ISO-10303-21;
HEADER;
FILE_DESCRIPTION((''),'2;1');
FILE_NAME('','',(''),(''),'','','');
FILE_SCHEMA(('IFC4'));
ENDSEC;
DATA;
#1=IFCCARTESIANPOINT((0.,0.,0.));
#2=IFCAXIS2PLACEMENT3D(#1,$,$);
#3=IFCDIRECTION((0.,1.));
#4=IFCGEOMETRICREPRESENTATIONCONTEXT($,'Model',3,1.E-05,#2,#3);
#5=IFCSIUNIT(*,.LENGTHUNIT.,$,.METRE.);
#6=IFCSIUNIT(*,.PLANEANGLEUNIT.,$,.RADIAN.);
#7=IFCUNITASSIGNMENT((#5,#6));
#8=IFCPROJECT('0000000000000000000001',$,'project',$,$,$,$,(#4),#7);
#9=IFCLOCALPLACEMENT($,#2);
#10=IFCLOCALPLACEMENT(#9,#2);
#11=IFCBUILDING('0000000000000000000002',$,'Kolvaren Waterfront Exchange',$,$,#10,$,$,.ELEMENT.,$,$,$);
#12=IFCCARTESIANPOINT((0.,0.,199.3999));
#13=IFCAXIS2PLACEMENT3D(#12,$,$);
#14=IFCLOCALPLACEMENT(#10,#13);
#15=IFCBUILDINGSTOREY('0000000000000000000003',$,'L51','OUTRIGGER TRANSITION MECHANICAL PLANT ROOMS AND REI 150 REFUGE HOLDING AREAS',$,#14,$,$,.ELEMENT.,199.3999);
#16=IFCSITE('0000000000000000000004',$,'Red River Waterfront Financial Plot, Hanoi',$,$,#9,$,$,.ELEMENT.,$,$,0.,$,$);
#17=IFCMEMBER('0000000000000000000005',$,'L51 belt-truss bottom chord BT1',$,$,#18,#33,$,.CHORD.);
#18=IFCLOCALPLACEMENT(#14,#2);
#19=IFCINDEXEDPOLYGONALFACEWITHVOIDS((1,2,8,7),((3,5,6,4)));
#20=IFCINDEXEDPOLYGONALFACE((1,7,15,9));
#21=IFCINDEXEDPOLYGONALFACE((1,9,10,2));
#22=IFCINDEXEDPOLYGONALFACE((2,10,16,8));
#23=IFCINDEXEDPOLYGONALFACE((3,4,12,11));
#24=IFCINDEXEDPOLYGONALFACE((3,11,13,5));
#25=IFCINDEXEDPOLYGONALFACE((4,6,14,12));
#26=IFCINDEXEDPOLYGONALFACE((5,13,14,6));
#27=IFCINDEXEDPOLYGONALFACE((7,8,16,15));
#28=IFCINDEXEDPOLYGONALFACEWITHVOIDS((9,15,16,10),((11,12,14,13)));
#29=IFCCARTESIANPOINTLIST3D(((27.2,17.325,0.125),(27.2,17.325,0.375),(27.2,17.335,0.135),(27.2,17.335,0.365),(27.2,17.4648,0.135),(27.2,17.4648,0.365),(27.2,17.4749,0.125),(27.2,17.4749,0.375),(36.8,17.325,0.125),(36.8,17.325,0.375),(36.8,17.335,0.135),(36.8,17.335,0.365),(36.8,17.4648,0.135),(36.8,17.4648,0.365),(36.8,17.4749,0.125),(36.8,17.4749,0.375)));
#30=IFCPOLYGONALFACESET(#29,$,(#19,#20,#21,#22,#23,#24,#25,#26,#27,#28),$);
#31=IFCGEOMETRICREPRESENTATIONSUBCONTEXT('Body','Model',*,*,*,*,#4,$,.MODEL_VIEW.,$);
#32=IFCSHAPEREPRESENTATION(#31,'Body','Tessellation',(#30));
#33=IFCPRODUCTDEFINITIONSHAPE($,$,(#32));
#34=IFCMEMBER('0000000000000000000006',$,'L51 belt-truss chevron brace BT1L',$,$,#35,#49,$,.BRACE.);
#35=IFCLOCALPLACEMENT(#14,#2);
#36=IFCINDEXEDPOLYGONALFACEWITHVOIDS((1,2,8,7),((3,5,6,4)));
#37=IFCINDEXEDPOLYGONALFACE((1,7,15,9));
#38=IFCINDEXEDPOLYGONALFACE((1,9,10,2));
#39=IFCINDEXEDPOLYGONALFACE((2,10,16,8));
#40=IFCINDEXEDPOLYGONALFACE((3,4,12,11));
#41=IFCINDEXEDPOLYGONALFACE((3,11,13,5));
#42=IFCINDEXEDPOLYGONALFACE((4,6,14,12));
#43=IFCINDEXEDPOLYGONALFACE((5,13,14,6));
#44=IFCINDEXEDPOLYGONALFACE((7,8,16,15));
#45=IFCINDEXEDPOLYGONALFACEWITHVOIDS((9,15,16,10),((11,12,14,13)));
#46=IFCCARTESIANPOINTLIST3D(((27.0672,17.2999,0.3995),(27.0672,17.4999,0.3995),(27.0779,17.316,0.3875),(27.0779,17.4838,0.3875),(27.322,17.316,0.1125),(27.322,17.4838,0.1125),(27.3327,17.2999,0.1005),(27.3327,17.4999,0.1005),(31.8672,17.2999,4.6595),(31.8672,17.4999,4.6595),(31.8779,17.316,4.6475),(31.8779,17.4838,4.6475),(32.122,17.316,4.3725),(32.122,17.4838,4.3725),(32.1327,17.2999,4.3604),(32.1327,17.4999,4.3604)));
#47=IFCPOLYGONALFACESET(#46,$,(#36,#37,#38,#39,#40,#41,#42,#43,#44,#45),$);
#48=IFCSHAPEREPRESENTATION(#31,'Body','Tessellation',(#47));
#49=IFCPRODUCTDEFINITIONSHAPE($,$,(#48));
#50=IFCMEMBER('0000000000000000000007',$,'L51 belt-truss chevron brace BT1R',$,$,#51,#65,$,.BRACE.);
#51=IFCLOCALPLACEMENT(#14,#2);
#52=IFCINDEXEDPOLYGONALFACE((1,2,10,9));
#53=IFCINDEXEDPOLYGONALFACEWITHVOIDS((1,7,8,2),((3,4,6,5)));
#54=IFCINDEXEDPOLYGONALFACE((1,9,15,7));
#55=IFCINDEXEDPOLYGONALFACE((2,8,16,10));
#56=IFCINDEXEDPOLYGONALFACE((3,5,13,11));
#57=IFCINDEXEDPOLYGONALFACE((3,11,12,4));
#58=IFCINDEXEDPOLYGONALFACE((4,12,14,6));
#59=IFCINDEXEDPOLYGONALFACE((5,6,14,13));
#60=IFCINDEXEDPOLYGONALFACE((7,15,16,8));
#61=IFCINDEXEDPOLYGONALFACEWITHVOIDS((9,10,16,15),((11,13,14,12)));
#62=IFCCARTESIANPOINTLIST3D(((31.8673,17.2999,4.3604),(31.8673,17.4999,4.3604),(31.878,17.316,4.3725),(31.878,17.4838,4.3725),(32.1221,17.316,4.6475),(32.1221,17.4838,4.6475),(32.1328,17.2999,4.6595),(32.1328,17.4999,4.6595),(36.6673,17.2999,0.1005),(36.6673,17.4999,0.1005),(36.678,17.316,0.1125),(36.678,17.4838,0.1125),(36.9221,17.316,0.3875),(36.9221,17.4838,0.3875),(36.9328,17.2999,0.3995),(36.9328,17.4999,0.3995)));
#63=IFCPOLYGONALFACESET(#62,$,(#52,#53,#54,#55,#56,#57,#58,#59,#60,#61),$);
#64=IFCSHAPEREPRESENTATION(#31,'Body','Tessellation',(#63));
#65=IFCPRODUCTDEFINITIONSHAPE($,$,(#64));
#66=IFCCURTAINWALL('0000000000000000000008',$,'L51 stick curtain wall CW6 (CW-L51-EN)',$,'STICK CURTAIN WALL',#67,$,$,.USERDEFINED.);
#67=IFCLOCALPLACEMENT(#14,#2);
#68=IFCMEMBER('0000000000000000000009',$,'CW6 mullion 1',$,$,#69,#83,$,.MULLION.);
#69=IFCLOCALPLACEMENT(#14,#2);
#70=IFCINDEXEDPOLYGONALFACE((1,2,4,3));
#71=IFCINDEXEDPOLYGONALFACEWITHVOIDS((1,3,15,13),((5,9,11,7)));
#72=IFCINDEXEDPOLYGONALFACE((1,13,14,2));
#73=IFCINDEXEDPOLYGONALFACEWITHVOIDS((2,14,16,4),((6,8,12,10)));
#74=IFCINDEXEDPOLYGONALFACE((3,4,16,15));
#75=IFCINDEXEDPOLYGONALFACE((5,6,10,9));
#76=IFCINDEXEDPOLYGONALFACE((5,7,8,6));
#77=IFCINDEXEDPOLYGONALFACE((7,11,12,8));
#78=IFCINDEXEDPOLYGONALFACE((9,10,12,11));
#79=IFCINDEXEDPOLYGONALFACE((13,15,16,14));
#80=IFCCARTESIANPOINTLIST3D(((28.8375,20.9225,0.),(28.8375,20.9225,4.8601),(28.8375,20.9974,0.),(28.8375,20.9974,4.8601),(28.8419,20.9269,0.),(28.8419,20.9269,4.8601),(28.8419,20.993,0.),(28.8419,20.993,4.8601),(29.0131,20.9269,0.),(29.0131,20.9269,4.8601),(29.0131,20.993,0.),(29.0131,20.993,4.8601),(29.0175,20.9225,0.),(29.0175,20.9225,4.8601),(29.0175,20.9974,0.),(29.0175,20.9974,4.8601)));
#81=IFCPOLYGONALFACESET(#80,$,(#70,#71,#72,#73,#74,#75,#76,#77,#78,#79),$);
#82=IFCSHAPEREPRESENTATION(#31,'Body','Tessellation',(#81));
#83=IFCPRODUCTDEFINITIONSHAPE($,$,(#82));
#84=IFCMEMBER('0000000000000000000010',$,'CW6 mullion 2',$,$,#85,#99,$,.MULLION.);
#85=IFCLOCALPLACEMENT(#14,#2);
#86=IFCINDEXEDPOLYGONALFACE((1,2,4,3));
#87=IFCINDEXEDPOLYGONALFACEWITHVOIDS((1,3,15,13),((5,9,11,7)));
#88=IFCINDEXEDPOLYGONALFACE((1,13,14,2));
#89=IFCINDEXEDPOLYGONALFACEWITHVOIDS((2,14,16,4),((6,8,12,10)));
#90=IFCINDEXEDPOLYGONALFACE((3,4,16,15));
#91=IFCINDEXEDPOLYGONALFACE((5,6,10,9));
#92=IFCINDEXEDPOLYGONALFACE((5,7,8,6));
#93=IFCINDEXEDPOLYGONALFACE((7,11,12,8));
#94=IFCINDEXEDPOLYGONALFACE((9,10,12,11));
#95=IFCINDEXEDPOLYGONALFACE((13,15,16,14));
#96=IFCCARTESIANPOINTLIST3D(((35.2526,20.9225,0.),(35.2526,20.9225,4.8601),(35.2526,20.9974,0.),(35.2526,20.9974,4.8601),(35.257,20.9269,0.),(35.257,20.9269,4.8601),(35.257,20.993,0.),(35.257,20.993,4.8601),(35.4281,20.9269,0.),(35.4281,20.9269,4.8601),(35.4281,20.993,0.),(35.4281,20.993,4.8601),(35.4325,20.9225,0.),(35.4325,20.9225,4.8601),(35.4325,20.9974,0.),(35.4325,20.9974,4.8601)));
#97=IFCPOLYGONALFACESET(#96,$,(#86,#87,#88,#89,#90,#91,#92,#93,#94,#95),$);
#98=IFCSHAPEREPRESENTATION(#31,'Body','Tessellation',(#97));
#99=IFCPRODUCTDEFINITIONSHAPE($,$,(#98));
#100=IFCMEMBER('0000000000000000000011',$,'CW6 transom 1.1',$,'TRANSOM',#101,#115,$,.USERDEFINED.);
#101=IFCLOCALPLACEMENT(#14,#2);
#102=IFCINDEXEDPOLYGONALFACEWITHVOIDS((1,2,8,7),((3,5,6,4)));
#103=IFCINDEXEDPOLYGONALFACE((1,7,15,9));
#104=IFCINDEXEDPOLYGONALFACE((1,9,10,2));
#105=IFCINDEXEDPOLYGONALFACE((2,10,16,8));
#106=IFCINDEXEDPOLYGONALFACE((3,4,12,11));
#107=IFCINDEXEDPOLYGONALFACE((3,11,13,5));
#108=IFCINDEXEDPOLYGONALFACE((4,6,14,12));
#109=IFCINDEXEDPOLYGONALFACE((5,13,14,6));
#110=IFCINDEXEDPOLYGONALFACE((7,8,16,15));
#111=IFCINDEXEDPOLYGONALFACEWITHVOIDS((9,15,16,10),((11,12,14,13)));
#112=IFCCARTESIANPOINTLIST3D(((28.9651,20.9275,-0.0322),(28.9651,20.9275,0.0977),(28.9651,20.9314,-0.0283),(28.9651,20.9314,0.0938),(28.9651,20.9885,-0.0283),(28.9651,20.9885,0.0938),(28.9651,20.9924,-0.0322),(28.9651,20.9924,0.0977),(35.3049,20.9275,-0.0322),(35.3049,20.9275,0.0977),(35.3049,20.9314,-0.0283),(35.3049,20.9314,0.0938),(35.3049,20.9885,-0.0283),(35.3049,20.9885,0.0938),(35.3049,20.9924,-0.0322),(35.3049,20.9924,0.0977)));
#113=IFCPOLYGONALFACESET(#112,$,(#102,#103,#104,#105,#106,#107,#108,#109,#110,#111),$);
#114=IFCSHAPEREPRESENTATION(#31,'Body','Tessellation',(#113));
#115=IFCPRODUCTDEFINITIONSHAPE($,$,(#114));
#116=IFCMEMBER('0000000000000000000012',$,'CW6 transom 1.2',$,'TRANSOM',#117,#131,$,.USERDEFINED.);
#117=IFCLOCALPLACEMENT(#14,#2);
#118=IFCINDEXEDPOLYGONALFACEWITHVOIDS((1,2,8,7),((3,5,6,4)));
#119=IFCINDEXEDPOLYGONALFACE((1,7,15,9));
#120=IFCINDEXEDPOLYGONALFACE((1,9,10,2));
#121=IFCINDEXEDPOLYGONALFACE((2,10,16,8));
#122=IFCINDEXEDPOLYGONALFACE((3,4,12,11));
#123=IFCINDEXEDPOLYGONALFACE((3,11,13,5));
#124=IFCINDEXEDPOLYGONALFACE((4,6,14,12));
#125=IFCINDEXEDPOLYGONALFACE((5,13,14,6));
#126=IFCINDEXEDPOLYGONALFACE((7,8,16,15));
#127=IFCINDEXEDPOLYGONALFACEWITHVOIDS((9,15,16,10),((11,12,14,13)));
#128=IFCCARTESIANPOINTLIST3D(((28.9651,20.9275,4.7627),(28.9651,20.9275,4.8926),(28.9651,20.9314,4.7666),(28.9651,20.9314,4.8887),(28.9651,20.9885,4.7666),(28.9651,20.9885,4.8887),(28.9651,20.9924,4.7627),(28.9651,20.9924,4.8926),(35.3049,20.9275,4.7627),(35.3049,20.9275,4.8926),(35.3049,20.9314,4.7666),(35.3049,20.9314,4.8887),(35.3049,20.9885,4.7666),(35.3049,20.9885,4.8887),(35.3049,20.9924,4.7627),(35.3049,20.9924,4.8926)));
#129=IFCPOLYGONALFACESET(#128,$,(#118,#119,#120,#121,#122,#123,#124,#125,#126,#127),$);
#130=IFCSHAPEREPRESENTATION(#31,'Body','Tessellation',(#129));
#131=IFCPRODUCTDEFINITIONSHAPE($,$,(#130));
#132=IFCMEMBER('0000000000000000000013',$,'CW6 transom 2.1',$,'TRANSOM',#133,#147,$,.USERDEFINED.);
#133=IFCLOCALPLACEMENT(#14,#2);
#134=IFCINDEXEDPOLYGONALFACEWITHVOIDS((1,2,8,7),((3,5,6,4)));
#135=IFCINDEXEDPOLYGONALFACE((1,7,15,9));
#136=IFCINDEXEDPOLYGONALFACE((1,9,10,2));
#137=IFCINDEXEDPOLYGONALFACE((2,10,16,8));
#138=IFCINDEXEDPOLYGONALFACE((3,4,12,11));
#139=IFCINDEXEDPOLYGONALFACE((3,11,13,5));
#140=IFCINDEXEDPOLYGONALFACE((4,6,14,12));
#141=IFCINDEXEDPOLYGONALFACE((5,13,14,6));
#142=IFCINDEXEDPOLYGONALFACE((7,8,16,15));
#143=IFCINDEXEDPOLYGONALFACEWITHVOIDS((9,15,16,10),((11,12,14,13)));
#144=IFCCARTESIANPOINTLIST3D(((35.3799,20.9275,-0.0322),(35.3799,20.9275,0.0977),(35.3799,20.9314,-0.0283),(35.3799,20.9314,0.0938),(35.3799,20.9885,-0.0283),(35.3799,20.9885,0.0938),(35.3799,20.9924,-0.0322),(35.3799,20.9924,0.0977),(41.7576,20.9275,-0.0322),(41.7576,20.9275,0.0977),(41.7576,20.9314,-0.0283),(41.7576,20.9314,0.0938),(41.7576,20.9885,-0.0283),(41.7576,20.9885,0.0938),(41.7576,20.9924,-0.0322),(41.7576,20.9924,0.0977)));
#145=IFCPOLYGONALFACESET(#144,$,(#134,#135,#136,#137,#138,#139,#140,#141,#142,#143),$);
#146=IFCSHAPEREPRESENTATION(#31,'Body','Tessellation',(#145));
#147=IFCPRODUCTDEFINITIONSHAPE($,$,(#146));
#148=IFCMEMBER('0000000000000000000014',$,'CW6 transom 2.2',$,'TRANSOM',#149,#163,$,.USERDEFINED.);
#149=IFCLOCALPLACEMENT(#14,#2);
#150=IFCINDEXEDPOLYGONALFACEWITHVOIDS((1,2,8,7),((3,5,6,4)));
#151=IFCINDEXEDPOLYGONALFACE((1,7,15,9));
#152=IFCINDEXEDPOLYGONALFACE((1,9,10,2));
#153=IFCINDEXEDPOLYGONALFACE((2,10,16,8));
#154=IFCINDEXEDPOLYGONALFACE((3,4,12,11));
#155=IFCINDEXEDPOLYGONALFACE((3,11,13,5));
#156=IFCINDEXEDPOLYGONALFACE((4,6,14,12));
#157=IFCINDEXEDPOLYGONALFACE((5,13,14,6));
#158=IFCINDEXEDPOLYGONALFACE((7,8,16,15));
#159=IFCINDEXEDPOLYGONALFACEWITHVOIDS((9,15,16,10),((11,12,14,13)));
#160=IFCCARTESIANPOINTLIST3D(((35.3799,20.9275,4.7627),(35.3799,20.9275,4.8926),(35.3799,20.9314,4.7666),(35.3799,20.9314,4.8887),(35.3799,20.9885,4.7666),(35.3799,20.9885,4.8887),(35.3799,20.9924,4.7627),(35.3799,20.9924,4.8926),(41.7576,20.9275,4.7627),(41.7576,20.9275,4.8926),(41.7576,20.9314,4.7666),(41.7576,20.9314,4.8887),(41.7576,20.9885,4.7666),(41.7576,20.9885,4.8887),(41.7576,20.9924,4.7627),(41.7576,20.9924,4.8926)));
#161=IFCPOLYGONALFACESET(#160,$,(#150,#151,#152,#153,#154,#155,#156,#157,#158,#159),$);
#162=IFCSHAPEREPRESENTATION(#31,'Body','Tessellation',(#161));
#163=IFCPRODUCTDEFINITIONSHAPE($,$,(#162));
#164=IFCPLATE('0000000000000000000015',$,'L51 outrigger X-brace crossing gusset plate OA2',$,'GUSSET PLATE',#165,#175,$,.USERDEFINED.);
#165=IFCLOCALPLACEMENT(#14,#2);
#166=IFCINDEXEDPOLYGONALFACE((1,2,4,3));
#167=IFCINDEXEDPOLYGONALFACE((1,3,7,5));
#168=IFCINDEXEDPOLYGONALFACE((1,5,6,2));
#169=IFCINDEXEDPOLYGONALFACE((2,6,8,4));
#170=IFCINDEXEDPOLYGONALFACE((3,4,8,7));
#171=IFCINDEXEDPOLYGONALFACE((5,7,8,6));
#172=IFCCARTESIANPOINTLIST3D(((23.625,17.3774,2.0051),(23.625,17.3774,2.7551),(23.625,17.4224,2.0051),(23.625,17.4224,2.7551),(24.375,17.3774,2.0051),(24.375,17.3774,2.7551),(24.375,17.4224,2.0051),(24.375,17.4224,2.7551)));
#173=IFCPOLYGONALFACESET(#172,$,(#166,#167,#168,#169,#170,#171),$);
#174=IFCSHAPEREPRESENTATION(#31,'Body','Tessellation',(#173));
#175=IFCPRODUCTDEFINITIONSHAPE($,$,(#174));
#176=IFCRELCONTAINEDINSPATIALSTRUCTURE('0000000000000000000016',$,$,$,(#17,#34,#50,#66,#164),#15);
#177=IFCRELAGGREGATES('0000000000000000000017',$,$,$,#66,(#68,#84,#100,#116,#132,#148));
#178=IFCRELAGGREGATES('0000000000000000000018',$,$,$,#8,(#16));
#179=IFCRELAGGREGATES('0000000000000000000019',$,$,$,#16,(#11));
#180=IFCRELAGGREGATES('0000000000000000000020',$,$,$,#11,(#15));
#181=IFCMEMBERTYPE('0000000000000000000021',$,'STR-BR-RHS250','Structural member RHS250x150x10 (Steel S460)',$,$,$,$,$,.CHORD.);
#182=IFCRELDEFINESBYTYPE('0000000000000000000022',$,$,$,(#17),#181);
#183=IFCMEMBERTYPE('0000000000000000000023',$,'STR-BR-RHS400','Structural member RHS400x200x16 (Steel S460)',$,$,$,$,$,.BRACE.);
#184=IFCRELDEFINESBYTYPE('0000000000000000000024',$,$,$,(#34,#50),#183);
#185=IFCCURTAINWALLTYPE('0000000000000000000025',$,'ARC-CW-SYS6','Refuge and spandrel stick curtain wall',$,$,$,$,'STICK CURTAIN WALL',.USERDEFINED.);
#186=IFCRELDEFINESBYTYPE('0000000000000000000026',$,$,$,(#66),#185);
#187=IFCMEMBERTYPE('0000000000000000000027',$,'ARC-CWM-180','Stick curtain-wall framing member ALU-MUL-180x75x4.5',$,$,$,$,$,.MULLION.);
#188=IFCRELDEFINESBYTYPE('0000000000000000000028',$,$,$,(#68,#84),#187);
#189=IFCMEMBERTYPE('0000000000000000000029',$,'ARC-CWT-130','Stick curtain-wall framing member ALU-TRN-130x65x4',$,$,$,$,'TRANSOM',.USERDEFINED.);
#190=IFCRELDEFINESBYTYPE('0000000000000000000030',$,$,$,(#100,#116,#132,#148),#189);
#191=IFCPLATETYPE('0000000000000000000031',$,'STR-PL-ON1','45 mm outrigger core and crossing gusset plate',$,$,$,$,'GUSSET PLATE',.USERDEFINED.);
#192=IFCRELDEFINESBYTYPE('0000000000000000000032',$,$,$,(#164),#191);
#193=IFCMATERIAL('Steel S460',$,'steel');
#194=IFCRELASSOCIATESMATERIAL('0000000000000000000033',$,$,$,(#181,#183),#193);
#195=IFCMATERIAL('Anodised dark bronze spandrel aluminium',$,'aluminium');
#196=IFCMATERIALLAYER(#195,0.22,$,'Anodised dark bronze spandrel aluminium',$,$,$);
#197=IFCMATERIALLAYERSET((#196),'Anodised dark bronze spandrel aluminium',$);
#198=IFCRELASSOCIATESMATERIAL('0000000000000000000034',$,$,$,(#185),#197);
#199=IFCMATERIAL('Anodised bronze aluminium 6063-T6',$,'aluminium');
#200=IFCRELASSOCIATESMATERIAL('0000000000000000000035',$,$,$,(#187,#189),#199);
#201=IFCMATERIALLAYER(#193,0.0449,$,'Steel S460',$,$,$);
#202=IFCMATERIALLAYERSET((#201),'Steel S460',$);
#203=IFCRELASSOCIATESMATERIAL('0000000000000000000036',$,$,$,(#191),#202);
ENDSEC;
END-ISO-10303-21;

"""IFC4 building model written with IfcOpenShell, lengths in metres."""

from ifc_helpers import new_model, si_unit, direction, frame, origin, origin_with_axes, origin_2d, place, context, subcontext, project, spatial, rectangle, hollow_rectangle, extrude, source, transform, mapped, material, layer, layer_set, material_profile, profile_set, type_object, element, aggregate, save


model = new_model("IFC4")

# Units and contexts
model_context = context("Model", 3, precision=1e-05, world=origin(), true_north=direction((0.0, 1.0)))
body_context = subcontext(model_context, "Body", "Model", "MODEL_VIEW")
ifc_project = project(units=[si_unit("LENGTHUNIT", "METRE"), si_unit("PLANEANGLEUNIT", "RADIAN")], contexts=[model_context])

# Site, building, storey
site_placement = place(None, origin())
site = spatial("IfcSite", under=ifc_project, at=site_placement, Name="Red River Waterfront Financial Plot, Hanoi", CompositionType="ELEMENT", RefElevation=0.0)
building_placement = place(site_placement, origin())
building = spatial("IfcBuilding", under=site, at=building_placement, Name="Kolvaren Waterfront Exchange", CompositionType="ELEMENT")
storey_placement = place(building_placement, frame((0.0, 0.0, 199.3999)))
storey = spatial("IfcBuildingStorey", under=building, at=storey_placement, Name="L51", Description="OUTRIGGER TRANSITION MECHANICAL PLANT ROOMS AND REI 150 REFUGE HOLDING AREAS", CompositionType="ELEMENT", Elevation=199.3999)

# Members
ifc_material_1 = material(Name="Steel S460", Category="steel")
ifc_material_profile_1 = material_profile(ifc_material_1, hollow_rectangle(XDim=0.1499, YDim=0.25, WallThickness=0.01, at=origin_2d()), Name="RHS250x150x10")
ifc_profile_set_1 = profile_set([ifc_material_profile_1], Name="Steel S460")
member_type_1 = type_object("IfcMemberType", Name="STR-BR-RHS250", Description="Structural member RHS250x150x10 (Steel S460)", PredefinedType="CHORD", material=ifc_profile_set_1)
member_1_placement = place(storey_placement, frame((27.2, 17.3999, 0.25), z_axis=(1.0, 0.0, 0.0), x_axis=(0.0, 1.0, 0.0)))
element("IfcMember", 1, at=member_1_placement, inside=storey, type_object=member_type_1, Name="L51 belt-truss bottom chord BT1", PredefinedType="CHORD", context=body_context, shape_type="SweptSolid", body=[
    extrude(hollow_rectangle(XDim=0.1499, YDim=0.25, WallThickness=0.01, at=origin_2d()), origin(), (0.0, 0.0, 1.0), 9.6001),
])
ifc_material_profile_2 = material_profile(ifc_material_1, hollow_rectangle(XDim=0.2, YDim=0.3999, WallThickness=0.0161, at=origin_2d()), Name="RHS400x200x16")
ifc_profile_set_2 = profile_set([ifc_material_profile_2], Name="Steel S460")
member_type_2 = type_object("IfcMemberType", Name="STR-BR-RHS400", Description="Structural member RHS400x200x16 (Steel S460)", PredefinedType="BRACE", material=ifc_profile_set_2)
for number, where, z_axis, x_axis, name in (
    (2, (27.2, 17.3999, 0.25), (0.747928, 0.0, 0.66378), (0.0, 1.0, 0.0), "L51 belt-truss chevron brace BT1L"),
    (3, (36.8, 17.3999, 0.25), (-0.747928, 0.0, 0.66378), (0.0, -1.0, 0.0), "L51 belt-truss chevron brace BT1R"),
):
    element("IfcMember", number, at=place(storey_placement, frame(where, z_axis=z_axis, x_axis=x_axis)), inside=storey, type_object=member_type_2, Name=name, PredefinedType="BRACE", context=body_context, shape_type="SweptSolid", body=[
        extrude(hollow_rectangle(XDim=0.2, YDim=0.3999, WallThickness=0.0161, at=origin_2d()), origin(), (0.0, 0.0, 1.0), 6.4177),
    ])

# Curtain wall, members
ifc_material_2 = material(Name="Anodised dark bronze spandrel aluminium", Category="aluminium")
ifc_layer_1 = layer(ifc_material_2, 0.22, Name="Anodised dark bronze spandrel aluminium")
ifc_layer_set_1 = layer_set([ifc_layer_1], Name="Anodised dark bronze spandrel aluminium")
curtain_wall_type = type_object("IfcCurtainWallType", Name="ARC-CW-SYS6", Description="Refuge and spandrel stick curtain wall", ElementType="STICK CURTAIN WALL", PredefinedType="USERDEFINED", material=ifc_layer_set_1)
curtain_wall_placement = place(storey_placement, origin())
curtain_wall = element("IfcCurtainWall", 4, at=curtain_wall_placement, inside=storey, type_object=curtain_wall_type, Name="L51 stick curtain wall CW6 (CW-L51-EN)", ObjectType="STICK CURTAIN WALL", PredefinedType="USERDEFINED")
ifc_material_3 = material(Name="Anodised bronze aluminium 6063-T6", Category="aluminium")
ifc_material_profile_3 = material_profile(ifc_material_3, hollow_rectangle(XDim=0.075, YDim=0.1799, WallThickness=0.0044, at=origin_2d()), Name="ALU-MUL-180x75x4.5")
ifc_profile_set_3 = profile_set([ifc_material_profile_3], Name="Anodised bronze aluminium 6063-T6")
member_type_3 = type_object("IfcMemberType", Name="ARC-CWM-180", Description="Stick curtain-wall framing member ALU-MUL-180x75x4.5", PredefinedType="MULLION", material=ifc_profile_set_3)
shared_shape_1 = source(origin_with_axes(), body_context, "Body", "SweptSolid", [
    extrude(hollow_rectangle(XDim=0.075, YDim=0.1799, WallThickness=0.0044, at=origin_2d()), origin(), (0.0, 0.0, 1.0), 4.8601),
])
member_2_placement = place(storey_placement, frame((28.9275, 20.96, 0.0), z_axis=(0.0, 0.0, 1.0), x_axis=(0.0, 1.0, 0.0)))
member_2 = element("IfcMember", 5, at=member_2_placement, type_object=member_type_3, Name="CW6 mullion 1", PredefinedType="MULLION", context=body_context, shape_type="MappedRepresentation", body=[
    mapped(shared_shape_1, transform((0.0, 0.0, 0.0), x_axis=(1.0, 0.0, 0.0), y_axis=(0.0, 1.0, 0.0), z_axis=(0.0, 0.0, 1.0), scale=1.0)),
])
member_3_placement = place(storey_placement, frame((35.3425, 20.96, 0.0), z_axis=(0.0, 0.0, 1.0), x_axis=(0.0, 1.0, 0.0)))
member_3 = element("IfcMember", 6, at=member_3_placement, type_object=member_type_3, Name="CW6 mullion 2", PredefinedType="MULLION", context=body_context, shape_type="MappedRepresentation", body=[
    mapped(shared_shape_1, transform((0.0, 0.0, 0.0), x_axis=(1.0, 0.0, 0.0), y_axis=(0.0, 1.0, 0.0), z_axis=(0.0, 0.0, 1.0), scale=1.0)),
])
ifc_material_profile_4 = material_profile(ifc_material_3, hollow_rectangle(XDim=0.0649, YDim=0.1299, WallThickness=0.0039, at=origin_2d()), Name="ALU-TRN-130x65x4")
ifc_profile_set_4 = profile_set([ifc_material_profile_4], Name="Anodised bronze aluminium 6063-T6")
member_type_4 = type_object("IfcMemberType", Name="ARC-CWT-130", Description="Stick curtain-wall framing member ALU-TRN-130x65x4", ElementType="TRANSOM", PredefinedType="USERDEFINED", material=ifc_profile_set_4)
shared_shape_2 = source(origin_with_axes(), body_context, "Body", "SweptSolid", [
    extrude(hollow_rectangle(XDim=0.0649, YDim=0.1299, WallThickness=0.0039, at=origin_2d()), origin(), (0.0, 0.0, 1.0), 6.3398),
])
member_4_placement = place(storey_placement, frame((28.9651, 20.96, 0.0327), z_axis=(1.0, 0.0, 0.0), x_axis=(0.0, 1.0, 0.0)))
member_4 = element("IfcMember", 7, at=member_4_placement, type_object=member_type_4, Name="CW6 transom 1.1", ObjectType="TRANSOM", PredefinedType="USERDEFINED", context=body_context, shape_type="MappedRepresentation", body=[
    mapped(shared_shape_2, transform((0.0, 0.0, 0.0), x_axis=(1.0, 0.0, 0.0), y_axis=(0.0, 1.0, 0.0), z_axis=(0.0, 0.0, 1.0), scale=1.0)),
])
member_5_placement = place(storey_placement, frame((28.9651, 20.96, 4.8276), z_axis=(1.0, 0.0, 0.0), x_axis=(0.0, 1.0, 0.0)))
member_5 = element("IfcMember", 8, at=member_5_placement, type_object=member_type_4, Name="CW6 transom 1.2", ObjectType="TRANSOM", PredefinedType="USERDEFINED", context=body_context, shape_type="MappedRepresentation", body=[
    mapped(shared_shape_2, transform((0.0, 0.0, 0.0), x_axis=(1.0, 0.0, 0.0), y_axis=(0.0, 1.0, 0.0), z_axis=(0.0, 0.0, 1.0), scale=1.0)),
])
shared_shape_3 = source(origin_with_axes(), body_context, "Body", "SweptSolid", [
    extrude(hollow_rectangle(XDim=0.0649, YDim=0.1299, WallThickness=0.0039, at=origin_2d()), origin(), (0.0, 0.0, 1.0), 6.3777),
])
member_6_placement = place(storey_placement, frame((35.3799, 20.96, 0.0327), z_axis=(1.0, 0.0, 0.0), x_axis=(0.0, 1.0, 0.0)))
member_6 = element("IfcMember", 9, at=member_6_placement, type_object=member_type_4, Name="CW6 transom 2.1", ObjectType="TRANSOM", PredefinedType="USERDEFINED", context=body_context, shape_type="MappedRepresentation", body=[
    mapped(shared_shape_3, transform((0.0, 0.0, 0.0), x_axis=(1.0, 0.0, 0.0), y_axis=(0.0, 1.0, 0.0), z_axis=(0.0, 0.0, 1.0), scale=1.0)),
])
member_7_placement = place(storey_placement, frame((35.3799, 20.96, 4.8276), z_axis=(1.0, 0.0, 0.0), x_axis=(0.0, 1.0, 0.0)))
member_7 = element("IfcMember", 10, at=member_7_placement, type_object=member_type_4, Name="CW6 transom 2.2", ObjectType="TRANSOM", PredefinedType="USERDEFINED", context=body_context, shape_type="MappedRepresentation", body=[
    mapped(shared_shape_3, transform((0.0, 0.0, 0.0), x_axis=(1.0, 0.0, 0.0), y_axis=(0.0, 1.0, 0.0), z_axis=(0.0, 0.0, 1.0), scale=1.0)),
])

# Plate
ifc_layer_2 = layer(ifc_material_1, 0.0449, Name="Steel S460")
ifc_layer_set_2 = layer_set([ifc_layer_2], Name="Steel S460")
plate_type_1 = type_object("IfcPlateType", Name="STR-PL-ON1", Description="45 mm outrigger core and crossing gusset plate", ElementType="GUSSET PLATE", PredefinedType="USERDEFINED", material=ifc_layer_set_2)
shared_shape_4 = source(origin_with_axes(), body_context, "Body", "SweptSolid", [
    extrude(rectangle(XDim=0.75, YDim=0.0449, at=origin_2d()), origin(), (0.0, 0.0, 1.0), 0.75),
])
plate_1_placement = place(storey_placement, frame((24.0, 17.3999, 2.0051), z_axis=(0.0, 0.0, 1.0), x_axis=(1.0, 0.0, 0.0)))
element("IfcPlate", 11, at=plate_1_placement, inside=storey, type_object=plate_type_1, Name="L51 outrigger X-brace crossing gusset plate OA2", ObjectType="GUSSET PLATE", PredefinedType="USERDEFINED", context=body_context, shape_type="MappedRepresentation", body=[
    mapped(shared_shape_4, transform((0.0, 0.0, 0.0), x_axis=(1.0, 0.0, 0.0), y_axis=(0.0, 1.0, 0.0), z_axis=(0.0, 0.0, 1.0), scale=1.0)),
])

aggregate(curtain_wall, [member_2, member_3, member_4, member_5, member_6, member_7])

save(model, "model.ifc")
